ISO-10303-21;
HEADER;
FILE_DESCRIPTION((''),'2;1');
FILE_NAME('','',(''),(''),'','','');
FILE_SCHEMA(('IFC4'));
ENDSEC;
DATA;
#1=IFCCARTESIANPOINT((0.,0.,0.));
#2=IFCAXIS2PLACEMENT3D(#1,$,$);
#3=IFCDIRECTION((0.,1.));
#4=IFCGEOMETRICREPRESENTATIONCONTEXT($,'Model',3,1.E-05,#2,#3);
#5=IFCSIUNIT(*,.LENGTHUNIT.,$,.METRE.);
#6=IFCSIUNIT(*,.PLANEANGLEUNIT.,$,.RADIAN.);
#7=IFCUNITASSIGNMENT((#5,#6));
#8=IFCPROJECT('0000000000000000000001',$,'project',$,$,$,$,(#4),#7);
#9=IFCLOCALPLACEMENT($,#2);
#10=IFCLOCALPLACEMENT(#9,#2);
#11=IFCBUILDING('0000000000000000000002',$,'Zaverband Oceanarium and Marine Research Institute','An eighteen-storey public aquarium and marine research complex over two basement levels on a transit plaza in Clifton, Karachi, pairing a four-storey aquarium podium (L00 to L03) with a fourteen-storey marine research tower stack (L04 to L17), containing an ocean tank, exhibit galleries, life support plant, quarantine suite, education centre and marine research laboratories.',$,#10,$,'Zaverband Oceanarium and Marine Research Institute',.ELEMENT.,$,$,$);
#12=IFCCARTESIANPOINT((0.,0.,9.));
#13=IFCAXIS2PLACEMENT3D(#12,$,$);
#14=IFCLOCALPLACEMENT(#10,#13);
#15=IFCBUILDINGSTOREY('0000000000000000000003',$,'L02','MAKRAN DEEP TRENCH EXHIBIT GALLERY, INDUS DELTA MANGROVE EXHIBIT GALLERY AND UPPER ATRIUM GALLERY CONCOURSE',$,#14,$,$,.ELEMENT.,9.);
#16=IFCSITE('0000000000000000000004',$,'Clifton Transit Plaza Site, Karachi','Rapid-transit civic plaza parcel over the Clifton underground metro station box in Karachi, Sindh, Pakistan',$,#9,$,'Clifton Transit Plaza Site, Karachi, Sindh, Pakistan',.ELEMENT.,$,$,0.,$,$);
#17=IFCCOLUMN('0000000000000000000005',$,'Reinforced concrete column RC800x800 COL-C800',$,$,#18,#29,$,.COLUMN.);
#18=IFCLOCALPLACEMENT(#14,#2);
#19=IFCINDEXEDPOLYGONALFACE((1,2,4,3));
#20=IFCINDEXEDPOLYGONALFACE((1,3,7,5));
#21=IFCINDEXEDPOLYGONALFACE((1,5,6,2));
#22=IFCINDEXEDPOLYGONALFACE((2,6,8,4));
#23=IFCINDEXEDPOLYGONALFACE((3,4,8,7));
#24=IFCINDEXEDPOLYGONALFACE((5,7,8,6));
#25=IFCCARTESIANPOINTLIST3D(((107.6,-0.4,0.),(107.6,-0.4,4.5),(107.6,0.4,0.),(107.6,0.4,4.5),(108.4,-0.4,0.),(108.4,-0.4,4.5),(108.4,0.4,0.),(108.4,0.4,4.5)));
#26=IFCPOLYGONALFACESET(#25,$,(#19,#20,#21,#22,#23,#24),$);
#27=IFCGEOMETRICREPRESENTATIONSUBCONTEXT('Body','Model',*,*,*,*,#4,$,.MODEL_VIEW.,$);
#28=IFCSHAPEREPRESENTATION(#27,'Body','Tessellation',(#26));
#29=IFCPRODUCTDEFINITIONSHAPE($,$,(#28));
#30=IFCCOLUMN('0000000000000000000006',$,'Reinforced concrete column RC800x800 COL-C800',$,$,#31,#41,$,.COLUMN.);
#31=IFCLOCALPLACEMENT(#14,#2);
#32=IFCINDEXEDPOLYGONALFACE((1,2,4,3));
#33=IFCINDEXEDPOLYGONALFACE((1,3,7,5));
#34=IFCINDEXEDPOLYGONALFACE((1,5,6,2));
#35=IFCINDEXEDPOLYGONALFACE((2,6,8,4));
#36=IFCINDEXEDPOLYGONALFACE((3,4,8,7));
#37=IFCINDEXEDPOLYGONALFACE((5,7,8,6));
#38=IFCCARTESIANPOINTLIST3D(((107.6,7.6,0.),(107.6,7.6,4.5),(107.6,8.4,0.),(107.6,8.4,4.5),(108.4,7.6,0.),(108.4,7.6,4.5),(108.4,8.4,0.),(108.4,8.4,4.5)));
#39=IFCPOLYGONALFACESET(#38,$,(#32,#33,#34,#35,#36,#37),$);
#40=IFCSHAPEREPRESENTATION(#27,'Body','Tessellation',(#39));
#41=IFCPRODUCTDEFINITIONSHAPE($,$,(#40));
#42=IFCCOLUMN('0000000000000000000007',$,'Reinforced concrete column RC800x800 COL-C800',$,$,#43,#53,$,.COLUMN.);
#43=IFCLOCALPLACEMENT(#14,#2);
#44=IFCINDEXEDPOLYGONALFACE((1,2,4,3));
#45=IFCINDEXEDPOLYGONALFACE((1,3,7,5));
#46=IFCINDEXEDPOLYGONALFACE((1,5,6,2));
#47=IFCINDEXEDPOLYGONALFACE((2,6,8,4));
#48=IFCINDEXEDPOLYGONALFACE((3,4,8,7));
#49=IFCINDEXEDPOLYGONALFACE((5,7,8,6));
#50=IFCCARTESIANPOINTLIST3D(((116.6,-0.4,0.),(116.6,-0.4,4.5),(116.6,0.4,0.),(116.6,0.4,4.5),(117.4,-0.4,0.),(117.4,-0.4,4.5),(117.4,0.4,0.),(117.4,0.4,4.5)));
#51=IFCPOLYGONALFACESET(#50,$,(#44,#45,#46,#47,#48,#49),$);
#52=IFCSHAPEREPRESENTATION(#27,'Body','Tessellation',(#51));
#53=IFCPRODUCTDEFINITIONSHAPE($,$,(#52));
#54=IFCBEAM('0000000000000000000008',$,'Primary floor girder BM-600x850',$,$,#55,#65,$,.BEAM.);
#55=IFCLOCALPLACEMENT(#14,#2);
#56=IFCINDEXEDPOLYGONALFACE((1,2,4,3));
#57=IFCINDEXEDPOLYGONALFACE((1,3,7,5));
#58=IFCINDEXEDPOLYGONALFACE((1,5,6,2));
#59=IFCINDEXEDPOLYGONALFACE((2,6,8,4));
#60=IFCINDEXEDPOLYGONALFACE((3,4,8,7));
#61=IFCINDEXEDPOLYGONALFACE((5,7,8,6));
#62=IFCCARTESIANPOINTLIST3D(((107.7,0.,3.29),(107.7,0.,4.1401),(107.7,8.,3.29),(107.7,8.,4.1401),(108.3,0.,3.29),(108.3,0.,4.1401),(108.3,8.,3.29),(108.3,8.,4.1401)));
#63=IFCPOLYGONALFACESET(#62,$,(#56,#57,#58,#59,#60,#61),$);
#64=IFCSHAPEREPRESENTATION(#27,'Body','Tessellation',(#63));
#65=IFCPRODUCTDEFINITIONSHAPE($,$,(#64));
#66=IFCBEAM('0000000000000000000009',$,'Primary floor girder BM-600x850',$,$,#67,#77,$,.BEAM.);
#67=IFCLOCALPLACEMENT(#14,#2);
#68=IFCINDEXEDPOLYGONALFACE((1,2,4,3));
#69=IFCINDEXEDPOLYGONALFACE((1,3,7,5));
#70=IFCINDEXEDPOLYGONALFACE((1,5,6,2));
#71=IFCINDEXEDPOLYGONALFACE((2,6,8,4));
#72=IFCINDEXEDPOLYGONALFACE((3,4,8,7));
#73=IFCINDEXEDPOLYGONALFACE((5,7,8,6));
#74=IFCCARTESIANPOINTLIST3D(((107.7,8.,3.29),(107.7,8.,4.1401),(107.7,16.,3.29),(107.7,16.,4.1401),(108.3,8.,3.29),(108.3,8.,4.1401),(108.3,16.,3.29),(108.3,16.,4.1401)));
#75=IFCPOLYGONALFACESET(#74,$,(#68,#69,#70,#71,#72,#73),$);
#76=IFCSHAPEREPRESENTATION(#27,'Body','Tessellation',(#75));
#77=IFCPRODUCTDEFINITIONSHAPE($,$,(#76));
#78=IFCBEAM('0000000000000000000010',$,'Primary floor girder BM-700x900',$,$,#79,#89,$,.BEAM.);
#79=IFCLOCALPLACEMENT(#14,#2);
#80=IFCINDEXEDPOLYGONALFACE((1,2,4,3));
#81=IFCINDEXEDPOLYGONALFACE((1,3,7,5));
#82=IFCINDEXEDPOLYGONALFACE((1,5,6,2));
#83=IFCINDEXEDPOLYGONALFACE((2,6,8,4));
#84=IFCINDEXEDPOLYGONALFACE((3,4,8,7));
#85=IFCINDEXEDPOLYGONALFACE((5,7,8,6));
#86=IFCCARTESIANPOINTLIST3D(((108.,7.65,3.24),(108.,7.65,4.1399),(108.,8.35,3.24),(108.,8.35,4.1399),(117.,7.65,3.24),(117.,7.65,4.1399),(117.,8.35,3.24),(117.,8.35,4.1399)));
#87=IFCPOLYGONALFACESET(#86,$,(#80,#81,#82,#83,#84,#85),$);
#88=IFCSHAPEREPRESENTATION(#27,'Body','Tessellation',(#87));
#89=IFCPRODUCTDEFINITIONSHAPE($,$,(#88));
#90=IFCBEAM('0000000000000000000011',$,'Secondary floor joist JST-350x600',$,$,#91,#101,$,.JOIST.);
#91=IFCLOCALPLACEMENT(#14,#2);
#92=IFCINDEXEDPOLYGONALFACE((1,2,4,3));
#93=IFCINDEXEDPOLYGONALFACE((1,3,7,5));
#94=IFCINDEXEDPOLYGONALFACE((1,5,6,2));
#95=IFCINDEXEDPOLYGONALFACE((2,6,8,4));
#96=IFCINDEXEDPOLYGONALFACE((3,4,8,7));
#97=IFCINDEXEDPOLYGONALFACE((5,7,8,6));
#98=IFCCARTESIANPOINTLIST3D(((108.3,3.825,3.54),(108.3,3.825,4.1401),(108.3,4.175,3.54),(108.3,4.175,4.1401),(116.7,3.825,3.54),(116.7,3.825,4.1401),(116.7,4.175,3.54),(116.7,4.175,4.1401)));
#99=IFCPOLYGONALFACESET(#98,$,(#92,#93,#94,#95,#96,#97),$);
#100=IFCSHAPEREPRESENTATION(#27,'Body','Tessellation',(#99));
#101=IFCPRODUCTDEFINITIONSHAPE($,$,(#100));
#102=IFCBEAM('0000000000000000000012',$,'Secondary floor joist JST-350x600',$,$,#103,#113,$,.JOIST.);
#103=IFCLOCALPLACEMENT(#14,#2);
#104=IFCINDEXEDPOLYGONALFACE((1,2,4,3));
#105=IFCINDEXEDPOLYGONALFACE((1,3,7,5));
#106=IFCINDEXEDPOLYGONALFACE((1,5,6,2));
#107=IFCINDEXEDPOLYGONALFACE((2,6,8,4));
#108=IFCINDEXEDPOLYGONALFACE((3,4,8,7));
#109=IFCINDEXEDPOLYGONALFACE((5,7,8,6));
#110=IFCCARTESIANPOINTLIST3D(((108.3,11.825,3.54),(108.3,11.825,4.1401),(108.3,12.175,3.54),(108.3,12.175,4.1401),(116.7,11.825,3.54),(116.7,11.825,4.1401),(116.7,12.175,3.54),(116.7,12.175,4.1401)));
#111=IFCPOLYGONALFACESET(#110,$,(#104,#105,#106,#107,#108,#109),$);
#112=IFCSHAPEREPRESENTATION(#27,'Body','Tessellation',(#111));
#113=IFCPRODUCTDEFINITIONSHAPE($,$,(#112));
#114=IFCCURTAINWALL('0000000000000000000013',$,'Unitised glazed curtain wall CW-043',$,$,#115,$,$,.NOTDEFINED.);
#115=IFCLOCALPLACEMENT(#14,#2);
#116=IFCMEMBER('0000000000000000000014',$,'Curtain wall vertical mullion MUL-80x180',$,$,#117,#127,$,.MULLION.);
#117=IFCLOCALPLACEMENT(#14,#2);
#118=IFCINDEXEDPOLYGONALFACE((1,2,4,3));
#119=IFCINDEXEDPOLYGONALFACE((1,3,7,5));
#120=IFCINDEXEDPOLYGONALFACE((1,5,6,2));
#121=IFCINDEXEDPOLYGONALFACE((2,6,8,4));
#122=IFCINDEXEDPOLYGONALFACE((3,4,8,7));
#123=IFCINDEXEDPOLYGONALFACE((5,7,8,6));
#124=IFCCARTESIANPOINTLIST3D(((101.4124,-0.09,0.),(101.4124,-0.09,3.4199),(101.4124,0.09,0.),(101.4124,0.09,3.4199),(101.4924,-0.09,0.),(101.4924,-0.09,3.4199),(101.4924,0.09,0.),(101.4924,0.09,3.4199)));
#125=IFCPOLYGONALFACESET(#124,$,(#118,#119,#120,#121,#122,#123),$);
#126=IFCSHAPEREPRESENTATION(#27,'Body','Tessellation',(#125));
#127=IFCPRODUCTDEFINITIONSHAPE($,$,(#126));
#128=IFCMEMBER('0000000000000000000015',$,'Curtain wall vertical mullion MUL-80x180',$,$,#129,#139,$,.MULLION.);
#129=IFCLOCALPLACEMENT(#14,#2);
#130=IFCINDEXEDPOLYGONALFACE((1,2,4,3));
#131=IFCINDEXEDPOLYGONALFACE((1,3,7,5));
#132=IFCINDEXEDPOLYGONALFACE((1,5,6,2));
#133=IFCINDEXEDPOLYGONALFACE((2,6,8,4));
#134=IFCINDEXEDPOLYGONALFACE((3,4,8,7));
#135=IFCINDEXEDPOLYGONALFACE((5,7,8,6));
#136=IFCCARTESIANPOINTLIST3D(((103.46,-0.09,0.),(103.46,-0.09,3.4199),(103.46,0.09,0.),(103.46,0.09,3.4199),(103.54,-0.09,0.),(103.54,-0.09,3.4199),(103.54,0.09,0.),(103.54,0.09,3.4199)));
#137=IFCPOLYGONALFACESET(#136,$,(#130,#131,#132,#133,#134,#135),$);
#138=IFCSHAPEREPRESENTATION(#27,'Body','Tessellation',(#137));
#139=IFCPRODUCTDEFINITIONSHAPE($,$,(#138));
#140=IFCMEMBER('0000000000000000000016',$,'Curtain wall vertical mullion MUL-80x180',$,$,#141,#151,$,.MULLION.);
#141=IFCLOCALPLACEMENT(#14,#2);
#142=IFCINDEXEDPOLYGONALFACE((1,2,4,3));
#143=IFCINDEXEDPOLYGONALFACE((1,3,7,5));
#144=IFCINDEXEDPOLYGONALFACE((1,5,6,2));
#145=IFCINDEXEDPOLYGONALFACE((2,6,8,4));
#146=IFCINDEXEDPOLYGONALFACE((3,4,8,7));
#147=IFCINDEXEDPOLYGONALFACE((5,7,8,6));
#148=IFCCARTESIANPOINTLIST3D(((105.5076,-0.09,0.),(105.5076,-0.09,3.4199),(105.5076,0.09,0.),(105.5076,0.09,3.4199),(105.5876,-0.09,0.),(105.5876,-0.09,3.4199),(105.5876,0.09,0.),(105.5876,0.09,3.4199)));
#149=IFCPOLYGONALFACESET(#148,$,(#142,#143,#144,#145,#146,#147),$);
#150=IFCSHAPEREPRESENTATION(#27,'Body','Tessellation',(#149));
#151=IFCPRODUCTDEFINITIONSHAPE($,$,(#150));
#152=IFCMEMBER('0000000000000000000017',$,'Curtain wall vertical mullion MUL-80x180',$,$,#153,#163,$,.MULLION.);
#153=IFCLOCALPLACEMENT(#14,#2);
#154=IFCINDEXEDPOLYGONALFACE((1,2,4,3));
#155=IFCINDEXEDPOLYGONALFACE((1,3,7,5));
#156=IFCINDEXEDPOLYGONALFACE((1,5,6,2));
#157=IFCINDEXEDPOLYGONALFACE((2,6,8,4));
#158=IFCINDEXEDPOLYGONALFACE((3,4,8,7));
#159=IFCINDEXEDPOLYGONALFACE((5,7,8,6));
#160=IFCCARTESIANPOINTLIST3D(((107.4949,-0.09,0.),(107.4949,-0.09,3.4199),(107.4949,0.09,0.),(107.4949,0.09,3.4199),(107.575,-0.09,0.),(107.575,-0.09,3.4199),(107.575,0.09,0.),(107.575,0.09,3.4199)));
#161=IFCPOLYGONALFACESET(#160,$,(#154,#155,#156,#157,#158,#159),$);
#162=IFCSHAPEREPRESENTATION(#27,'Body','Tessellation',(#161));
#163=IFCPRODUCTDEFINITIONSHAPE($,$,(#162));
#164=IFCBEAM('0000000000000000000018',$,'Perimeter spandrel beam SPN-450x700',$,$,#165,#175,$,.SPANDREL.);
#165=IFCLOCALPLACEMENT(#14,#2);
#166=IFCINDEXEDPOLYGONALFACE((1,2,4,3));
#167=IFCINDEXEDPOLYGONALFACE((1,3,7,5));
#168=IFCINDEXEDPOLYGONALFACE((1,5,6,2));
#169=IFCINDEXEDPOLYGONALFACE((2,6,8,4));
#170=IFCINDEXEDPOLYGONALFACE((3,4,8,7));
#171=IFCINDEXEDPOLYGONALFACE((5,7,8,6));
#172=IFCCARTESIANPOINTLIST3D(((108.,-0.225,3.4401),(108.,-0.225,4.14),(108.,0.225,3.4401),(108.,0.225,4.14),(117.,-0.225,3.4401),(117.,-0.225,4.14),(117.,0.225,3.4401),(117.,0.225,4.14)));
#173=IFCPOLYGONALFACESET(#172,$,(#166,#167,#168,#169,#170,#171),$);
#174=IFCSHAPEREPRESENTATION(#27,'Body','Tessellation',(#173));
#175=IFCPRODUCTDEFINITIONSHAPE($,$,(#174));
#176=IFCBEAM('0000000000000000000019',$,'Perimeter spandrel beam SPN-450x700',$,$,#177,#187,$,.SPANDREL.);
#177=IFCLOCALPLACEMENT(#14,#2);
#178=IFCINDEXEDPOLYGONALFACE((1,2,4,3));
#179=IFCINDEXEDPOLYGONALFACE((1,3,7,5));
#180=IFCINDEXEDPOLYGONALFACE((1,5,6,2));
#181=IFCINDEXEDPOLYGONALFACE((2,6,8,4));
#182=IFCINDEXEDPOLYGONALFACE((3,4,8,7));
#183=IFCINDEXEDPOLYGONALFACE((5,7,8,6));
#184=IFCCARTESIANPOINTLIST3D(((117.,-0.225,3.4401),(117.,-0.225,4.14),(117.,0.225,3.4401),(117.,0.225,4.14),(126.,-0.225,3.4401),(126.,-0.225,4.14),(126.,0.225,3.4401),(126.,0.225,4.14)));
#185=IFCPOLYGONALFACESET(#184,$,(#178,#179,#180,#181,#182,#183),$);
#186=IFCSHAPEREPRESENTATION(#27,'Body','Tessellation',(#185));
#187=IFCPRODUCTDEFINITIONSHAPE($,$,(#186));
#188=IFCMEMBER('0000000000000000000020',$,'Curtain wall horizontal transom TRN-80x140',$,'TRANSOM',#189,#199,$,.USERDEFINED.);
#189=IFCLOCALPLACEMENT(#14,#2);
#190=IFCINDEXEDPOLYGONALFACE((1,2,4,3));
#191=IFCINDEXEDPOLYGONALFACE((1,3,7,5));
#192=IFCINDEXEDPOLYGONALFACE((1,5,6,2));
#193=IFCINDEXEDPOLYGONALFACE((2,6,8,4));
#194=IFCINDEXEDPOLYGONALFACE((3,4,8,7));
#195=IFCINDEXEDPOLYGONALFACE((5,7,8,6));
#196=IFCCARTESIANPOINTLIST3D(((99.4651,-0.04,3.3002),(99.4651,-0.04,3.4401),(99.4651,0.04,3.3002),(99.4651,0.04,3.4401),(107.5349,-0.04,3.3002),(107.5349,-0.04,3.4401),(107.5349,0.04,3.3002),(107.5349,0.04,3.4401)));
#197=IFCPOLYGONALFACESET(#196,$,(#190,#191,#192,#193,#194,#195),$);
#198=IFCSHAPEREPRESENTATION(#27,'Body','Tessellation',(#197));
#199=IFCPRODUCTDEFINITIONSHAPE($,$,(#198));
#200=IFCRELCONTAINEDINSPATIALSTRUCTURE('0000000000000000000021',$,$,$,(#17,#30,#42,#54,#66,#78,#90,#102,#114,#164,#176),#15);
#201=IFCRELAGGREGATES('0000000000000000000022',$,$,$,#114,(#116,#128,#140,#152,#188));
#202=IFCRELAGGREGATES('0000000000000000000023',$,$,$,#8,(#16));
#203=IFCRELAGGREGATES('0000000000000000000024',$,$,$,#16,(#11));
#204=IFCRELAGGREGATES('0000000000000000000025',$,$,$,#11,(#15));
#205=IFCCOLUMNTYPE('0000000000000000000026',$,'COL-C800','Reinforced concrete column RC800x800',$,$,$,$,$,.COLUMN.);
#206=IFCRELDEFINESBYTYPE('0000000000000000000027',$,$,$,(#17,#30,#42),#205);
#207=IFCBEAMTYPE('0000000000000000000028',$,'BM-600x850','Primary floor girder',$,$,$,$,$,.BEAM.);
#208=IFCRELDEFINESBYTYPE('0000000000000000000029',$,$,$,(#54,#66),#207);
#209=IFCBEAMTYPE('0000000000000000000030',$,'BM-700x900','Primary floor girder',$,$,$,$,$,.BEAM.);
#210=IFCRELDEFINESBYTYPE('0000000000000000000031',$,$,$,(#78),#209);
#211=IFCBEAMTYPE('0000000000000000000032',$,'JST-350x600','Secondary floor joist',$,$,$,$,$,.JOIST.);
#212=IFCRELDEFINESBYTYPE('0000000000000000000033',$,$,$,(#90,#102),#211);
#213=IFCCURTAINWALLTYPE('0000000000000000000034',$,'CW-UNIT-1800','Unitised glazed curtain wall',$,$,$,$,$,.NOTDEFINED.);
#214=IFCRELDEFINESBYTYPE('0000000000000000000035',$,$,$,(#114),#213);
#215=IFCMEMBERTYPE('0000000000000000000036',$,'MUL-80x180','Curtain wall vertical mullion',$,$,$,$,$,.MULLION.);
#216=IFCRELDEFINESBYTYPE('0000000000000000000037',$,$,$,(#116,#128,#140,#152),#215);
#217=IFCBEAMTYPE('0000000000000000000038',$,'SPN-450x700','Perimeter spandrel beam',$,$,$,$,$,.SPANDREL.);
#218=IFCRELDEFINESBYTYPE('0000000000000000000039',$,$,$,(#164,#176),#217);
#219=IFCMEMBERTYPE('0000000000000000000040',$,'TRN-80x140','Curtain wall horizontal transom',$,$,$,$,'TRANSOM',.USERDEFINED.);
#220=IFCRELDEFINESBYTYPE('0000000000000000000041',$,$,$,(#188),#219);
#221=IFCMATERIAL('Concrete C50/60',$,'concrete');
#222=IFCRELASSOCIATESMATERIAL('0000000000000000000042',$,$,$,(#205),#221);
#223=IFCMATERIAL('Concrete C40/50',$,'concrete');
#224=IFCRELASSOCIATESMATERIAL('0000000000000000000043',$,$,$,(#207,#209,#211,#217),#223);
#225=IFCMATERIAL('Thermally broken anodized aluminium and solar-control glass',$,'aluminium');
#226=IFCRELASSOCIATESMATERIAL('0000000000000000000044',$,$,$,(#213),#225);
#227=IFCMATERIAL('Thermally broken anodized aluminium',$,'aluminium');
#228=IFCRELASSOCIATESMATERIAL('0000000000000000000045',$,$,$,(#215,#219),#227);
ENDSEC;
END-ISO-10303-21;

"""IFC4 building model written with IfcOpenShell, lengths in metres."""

from ifc_helpers import new_model, si_unit, direction, frame, origin, origin_2d, place, context, subcontext, project, spatial, rectangle, extrude, material, material_profile, profile_set, type_object, element, aggregate, save


model = new_model("IFC4")

# Units and contexts
model_context = context("Model", 3, precision=1e-05, world=origin(), true_north=direction((0.0, 1.0)))
body_context = subcontext(model_context, "Body", "Model", "MODEL_VIEW")
ifc_project = project(units=[si_unit("LENGTHUNIT", "METRE"), si_unit("PLANEANGLEUNIT", "RADIAN")], contexts=[model_context])

# Site, building, storey
site_placement = place(None, origin())
site = spatial("IfcSite", under=ifc_project, at=site_placement, Name="Clifton Transit Plaza Site, Karachi", Description="Rapid-transit civic plaza parcel over the Clifton underground metro station box in Karachi, Sindh, Pakistan", LongName="Clifton Transit Plaza Site, Karachi, Sindh, Pakistan", CompositionType="ELEMENT", RefElevation=0.0)
building_placement = place(site_placement, origin())
building = spatial("IfcBuilding", under=site, at=building_placement, Name="Zaverband Oceanarium and Marine Research Institute", Description="An eighteen-storey public aquarium and marine research complex over two basement levels on a transit plaza in Clifton, Karachi, pairing a four-storey aquarium podium (L00 to L03) with a fourteen-storey marine research tower stack (L04 to L17), containing an ocean tank, exhibit galleries, life support plant, quarantine suite, education centre and marine research laboratories.", LongName="Zaverband Oceanarium and Marine Research Institute", CompositionType="ELEMENT")
storey_placement = place(building_placement, frame((0.0, 0.0, 9.0)))
storey = spatial("IfcBuildingStorey", under=building, at=storey_placement, Name="L02", Description="MAKRAN DEEP TRENCH EXHIBIT GALLERY, INDUS DELTA MANGROVE EXHIBIT GALLERY AND UPPER ATRIUM GALLERY CONCOURSE", CompositionType="ELEMENT", Elevation=9.0)

# Columns
ifc_material_1 = material(Name="Concrete C50/60", Category="concrete")
ifc_material_profile_1 = material_profile(ifc_material_1, rectangle(XDim=0.8, YDim=0.8, at=origin_2d()), Name="RC800x800")
ifc_profile_set_1 = profile_set([ifc_material_profile_1], Name="Concrete C50/60")
column_type = type_object("IfcColumnType", Name="COL-C800", Description="Reinforced concrete column RC800x800", PredefinedType="COLUMN", material=ifc_profile_set_1)
for number, where, z_axis, x_axis, name in (
    (1, (108.0, 0.0, 0.0), (0.0, 0.0, 1.0), (1.0, 0.0, 0.0), "Reinforced concrete column RC800x800 COL-C800"),
    (2, (108.0, 8.0, 0.0), (0.0, 0.0, 1.0), (1.0, 0.0, 0.0), "Reinforced concrete column RC800x800 COL-C800"),
    (3, (117.0, 0.0, 0.0), (0.0, 0.0, 1.0), (1.0, 0.0, 0.0), "Reinforced concrete column RC800x800 COL-C800"),
):
    element("IfcColumn", number, at=place(storey_placement, frame(where, z_axis=z_axis, x_axis=x_axis)), inside=storey, type_object=column_type, Name=name, PredefinedType="COLUMN", context=body_context, shape_type="SweptSolid", body=[
        extrude(rectangle(XDim=0.8, YDim=0.8, at=origin_2d()), origin(), (0.0, 0.0, 1.0), 4.5),
    ])

# Beams
ifc_material_2 = material(Name="Concrete C40/50", Category="concrete")
ifc_material_profile_2 = material_profile(ifc_material_2, rectangle(XDim=0.6001, YDim=0.8501, at=origin_2d()), Name="RC600x850")
ifc_profile_set_2 = profile_set([ifc_material_profile_2], Name="Concrete C40/50")
beam_type_1 = type_object("IfcBeamType", Name="BM-600x850", Description="Primary floor girder", PredefinedType="BEAM", material=ifc_profile_set_2)
for number, where, z_axis, x_axis, name in (
    (4, (108.0, 0.0, 3.7151), (0.0, 1.0, 0.0), (-1.0, 0.0, 0.0), "Primary floor girder BM-600x850"),
    (5, (108.0, 8.0, 3.7151), (0.0, 1.0, 0.0), (-1.0, 0.0, 0.0), "Primary floor girder BM-600x850"),
):
    element("IfcBeam", number, at=place(storey_placement, frame(where, z_axis=z_axis, x_axis=x_axis)), inside=storey, type_object=beam_type_1, Name=name, PredefinedType="BEAM", context=body_context, shape_type="SweptSolid", body=[
        extrude(rectangle(XDim=0.6001, YDim=0.8501, at=origin_2d()), origin(), (0.0, 0.0, 1.0), 8.0),
    ])
ifc_material_profile_3 = material_profile(ifc_material_2, rectangle(XDim=0.7, YDim=0.8999, at=origin_2d()), Name="RC700x900")
ifc_profile_set_3 = profile_set([ifc_material_profile_3], Name="Concrete C40/50")
beam_type_2 = type_object("IfcBeamType", Name="BM-700x900", Description="Primary floor girder", PredefinedType="BEAM", material=ifc_profile_set_3)
beam_placement = place(storey_placement, frame((108.0, 8.0, 3.6899), z_axis=(1.0, 0.0, 0.0), x_axis=(0.0, 1.0, 0.0)))
element("IfcBeam", 6, at=beam_placement, inside=storey, type_object=beam_type_2, Name="Primary floor girder BM-700x900", PredefinedType="BEAM", context=body_context, shape_type="SweptSolid", body=[
    extrude(rectangle(XDim=0.7, YDim=0.8999, at=origin_2d()), origin(), (0.0, 0.0, 1.0), 9.0),
])
ifc_material_profile_4 = material_profile(ifc_material_2, rectangle(XDim=0.3501, YDim=0.6001, at=origin_2d()), Name="RC350x600")
ifc_profile_set_4 = profile_set([ifc_material_profile_4], Name="Concrete C40/50")
beam_type_3 = type_object("IfcBeamType", Name="JST-350x600", Description="Secondary floor joist", PredefinedType="JOIST", material=ifc_profile_set_4)
for number, where, z_axis, x_axis, name in (
    (7, (108.3, 4.0, 3.8401), (1.0, 0.0, 0.0), (0.0, 1.0, 0.0), "Secondary floor joist JST-350x600"),
    (8, (108.3, 12.0, 3.8401), (1.0, 0.0, 0.0), (0.0, 1.0, 0.0), "Secondary floor joist JST-350x600"),
):
    element("IfcBeam", number, at=place(storey_placement, frame(where, z_axis=z_axis, x_axis=x_axis)), inside=storey, type_object=beam_type_3, Name=name, PredefinedType="JOIST", context=body_context, shape_type="SweptSolid", body=[
        extrude(rectangle(XDim=0.3501, YDim=0.6001, at=origin_2d()), origin(), (0.0, 0.0, 1.0), 8.3999),
    ])

# Curtain wall, members
ifc_material_3 = material(Name="Thermally broken anodized aluminium and solar-control glass", Category="aluminium")
curtain_wall_type = type_object("IfcCurtainWallType", Name="CW-UNIT-1800", Description="Unitised glazed curtain wall", PredefinedType="NOTDEFINED", material=ifc_material_3)
curtain_wall_placement = place(storey_placement, origin())
curtain_wall = element("IfcCurtainWall", 9, at=curtain_wall_placement, inside=storey, type_object=curtain_wall_type, Name="Unitised glazed curtain wall CW-043", PredefinedType="NOTDEFINED")
ifc_material_4 = material(Name="Thermally broken anodized aluminium", Category="aluminium")
ifc_material_profile_5 = material_profile(ifc_material_4, rectangle(XDim=0.0801, YDim=0.1799, at=origin_2d()), Name="AL-MUL-80x180")
ifc_profile_set_5 = profile_set([ifc_material_profile_5], Name="Thermally broken anodized aluminium")
member_type_1 = type_object("IfcMemberType", Name="MUL-80x180", Description="Curtain wall vertical mullion", PredefinedType="MULLION", material=ifc_profile_set_5)
member_1_placement = place(storey_placement, frame((101.4524, 0.0, 0.0), z_axis=(0.0, 0.0, 1.0), x_axis=(1.0, 0.0, 0.0)))
member_1 = element("IfcMember", 10, at=member_1_placement, type_object=member_type_1, Name="Curtain wall vertical mullion MUL-80x180", PredefinedType="MULLION", context=body_context, shape_type="SweptSolid", body=[
    extrude(rectangle(XDim=0.0801, YDim=0.1799, at=origin_2d()), origin(), (0.0, 0.0, 1.0), 3.4199),
])
member_2_placement = place(storey_placement, frame((103.5, 0.0, 0.0), z_axis=(0.0, 0.0, 1.0), x_axis=(1.0, 0.0, 0.0)))
member_2 = element("IfcMember", 11, at=member_2_placement, type_object=member_type_1, Name="Curtain wall vertical mullion MUL-80x180", PredefinedType="MULLION", context=body_context, shape_type="SweptSolid", body=[
    extrude(rectangle(XDim=0.0801, YDim=0.1799, at=origin_2d()), origin(), (0.0, 0.0, 1.0), 3.4199),
])
member_3_placement = place(storey_placement, frame((105.5476, 0.0, 0.0), z_axis=(0.0, 0.0, 1.0), x_axis=(1.0, 0.0, 0.0)))
member_3 = element("IfcMember", 12, at=member_3_placement, type_object=member_type_1, Name="Curtain wall vertical mullion MUL-80x180", PredefinedType="MULLION", context=body_context, shape_type="SweptSolid", body=[
    extrude(rectangle(XDim=0.0801, YDim=0.1799, at=origin_2d()), origin(), (0.0, 0.0, 1.0), 3.4199),
])
member_4_placement = place(storey_placement, frame((107.5349, 0.0, 0.0), z_axis=(0.0, 0.0, 1.0), x_axis=(1.0, 0.0, 0.0)))
member_4 = element("IfcMember", 13, at=member_4_placement, type_object=member_type_1, Name="Curtain wall vertical mullion MUL-80x180", PredefinedType="MULLION", context=body_context, shape_type="SweptSolid", body=[
    extrude(rectangle(XDim=0.0801, YDim=0.1799, at=origin_2d()), origin(), (0.0, 0.0, 1.0), 3.4199),
])

# Beams
ifc_material_profile_6 = material_profile(ifc_material_2, rectangle(XDim=0.45, YDim=0.7, at=origin_2d()), Name="RC450x700")
ifc_profile_set_6 = profile_set([ifc_material_profile_6], Name="Concrete C40/50")
beam_type_4 = type_object("IfcBeamType", Name="SPN-450x700", Description="Perimeter spandrel beam", PredefinedType="SPANDREL", material=ifc_profile_set_6)
for number, where, z_axis, x_axis, name in (
    (14, (108.0, 0.0, 3.79), (1.0, 0.0, 0.0), (0.0, 1.0, 0.0), "Perimeter spandrel beam SPN-450x700"),
    (15, (117.0, 0.0, 3.79), (1.0, 0.0, 0.0), (0.0, 1.0, 0.0), "Perimeter spandrel beam SPN-450x700"),
):
    element("IfcBeam", number, at=place(storey_placement, frame(where, z_axis=z_axis, x_axis=x_axis)), inside=storey, type_object=beam_type_4, Name=name, PredefinedType="SPANDREL", context=body_context, shape_type="SweptSolid", body=[
        extrude(rectangle(XDim=0.45, YDim=0.7, at=origin_2d()), origin(), (0.0, 0.0, 1.0), 9.0),
    ])

# Member
ifc_material_profile_7 = material_profile(ifc_material_4, rectangle(XDim=0.0801, YDim=0.1399, at=origin_2d()), Name="AL-TRN-80x140")
ifc_profile_set_7 = profile_set([ifc_material_profile_7], Name="Thermally broken anodized aluminium")
member_type_2 = type_object("IfcMemberType", Name="TRN-80x140", Description="Curtain wall horizontal transom", ElementType="TRANSOM", PredefinedType="USERDEFINED", material=ifc_profile_set_7)
member_5_placement = place(storey_placement, frame((99.4651, 0.0, 3.3701), z_axis=(1.0, 0.0, 0.0), x_axis=(0.0, 1.0, 0.0)))
member_5 = element("IfcMember", 16, at=member_5_placement, type_object=member_type_2, Name="Curtain wall horizontal transom TRN-80x140", ObjectType="TRANSOM", PredefinedType="USERDEFINED", context=body_context, shape_type="SweptSolid", body=[
    extrude(rectangle(XDim=0.0801, YDim=0.1399, at=origin_2d()), origin(), (0.0, 0.0, 1.0), 8.0698),
])

aggregate(curtain_wall, [member_1, member_2, member_3, member_4, member_5])

save(model, "model.ifc")
